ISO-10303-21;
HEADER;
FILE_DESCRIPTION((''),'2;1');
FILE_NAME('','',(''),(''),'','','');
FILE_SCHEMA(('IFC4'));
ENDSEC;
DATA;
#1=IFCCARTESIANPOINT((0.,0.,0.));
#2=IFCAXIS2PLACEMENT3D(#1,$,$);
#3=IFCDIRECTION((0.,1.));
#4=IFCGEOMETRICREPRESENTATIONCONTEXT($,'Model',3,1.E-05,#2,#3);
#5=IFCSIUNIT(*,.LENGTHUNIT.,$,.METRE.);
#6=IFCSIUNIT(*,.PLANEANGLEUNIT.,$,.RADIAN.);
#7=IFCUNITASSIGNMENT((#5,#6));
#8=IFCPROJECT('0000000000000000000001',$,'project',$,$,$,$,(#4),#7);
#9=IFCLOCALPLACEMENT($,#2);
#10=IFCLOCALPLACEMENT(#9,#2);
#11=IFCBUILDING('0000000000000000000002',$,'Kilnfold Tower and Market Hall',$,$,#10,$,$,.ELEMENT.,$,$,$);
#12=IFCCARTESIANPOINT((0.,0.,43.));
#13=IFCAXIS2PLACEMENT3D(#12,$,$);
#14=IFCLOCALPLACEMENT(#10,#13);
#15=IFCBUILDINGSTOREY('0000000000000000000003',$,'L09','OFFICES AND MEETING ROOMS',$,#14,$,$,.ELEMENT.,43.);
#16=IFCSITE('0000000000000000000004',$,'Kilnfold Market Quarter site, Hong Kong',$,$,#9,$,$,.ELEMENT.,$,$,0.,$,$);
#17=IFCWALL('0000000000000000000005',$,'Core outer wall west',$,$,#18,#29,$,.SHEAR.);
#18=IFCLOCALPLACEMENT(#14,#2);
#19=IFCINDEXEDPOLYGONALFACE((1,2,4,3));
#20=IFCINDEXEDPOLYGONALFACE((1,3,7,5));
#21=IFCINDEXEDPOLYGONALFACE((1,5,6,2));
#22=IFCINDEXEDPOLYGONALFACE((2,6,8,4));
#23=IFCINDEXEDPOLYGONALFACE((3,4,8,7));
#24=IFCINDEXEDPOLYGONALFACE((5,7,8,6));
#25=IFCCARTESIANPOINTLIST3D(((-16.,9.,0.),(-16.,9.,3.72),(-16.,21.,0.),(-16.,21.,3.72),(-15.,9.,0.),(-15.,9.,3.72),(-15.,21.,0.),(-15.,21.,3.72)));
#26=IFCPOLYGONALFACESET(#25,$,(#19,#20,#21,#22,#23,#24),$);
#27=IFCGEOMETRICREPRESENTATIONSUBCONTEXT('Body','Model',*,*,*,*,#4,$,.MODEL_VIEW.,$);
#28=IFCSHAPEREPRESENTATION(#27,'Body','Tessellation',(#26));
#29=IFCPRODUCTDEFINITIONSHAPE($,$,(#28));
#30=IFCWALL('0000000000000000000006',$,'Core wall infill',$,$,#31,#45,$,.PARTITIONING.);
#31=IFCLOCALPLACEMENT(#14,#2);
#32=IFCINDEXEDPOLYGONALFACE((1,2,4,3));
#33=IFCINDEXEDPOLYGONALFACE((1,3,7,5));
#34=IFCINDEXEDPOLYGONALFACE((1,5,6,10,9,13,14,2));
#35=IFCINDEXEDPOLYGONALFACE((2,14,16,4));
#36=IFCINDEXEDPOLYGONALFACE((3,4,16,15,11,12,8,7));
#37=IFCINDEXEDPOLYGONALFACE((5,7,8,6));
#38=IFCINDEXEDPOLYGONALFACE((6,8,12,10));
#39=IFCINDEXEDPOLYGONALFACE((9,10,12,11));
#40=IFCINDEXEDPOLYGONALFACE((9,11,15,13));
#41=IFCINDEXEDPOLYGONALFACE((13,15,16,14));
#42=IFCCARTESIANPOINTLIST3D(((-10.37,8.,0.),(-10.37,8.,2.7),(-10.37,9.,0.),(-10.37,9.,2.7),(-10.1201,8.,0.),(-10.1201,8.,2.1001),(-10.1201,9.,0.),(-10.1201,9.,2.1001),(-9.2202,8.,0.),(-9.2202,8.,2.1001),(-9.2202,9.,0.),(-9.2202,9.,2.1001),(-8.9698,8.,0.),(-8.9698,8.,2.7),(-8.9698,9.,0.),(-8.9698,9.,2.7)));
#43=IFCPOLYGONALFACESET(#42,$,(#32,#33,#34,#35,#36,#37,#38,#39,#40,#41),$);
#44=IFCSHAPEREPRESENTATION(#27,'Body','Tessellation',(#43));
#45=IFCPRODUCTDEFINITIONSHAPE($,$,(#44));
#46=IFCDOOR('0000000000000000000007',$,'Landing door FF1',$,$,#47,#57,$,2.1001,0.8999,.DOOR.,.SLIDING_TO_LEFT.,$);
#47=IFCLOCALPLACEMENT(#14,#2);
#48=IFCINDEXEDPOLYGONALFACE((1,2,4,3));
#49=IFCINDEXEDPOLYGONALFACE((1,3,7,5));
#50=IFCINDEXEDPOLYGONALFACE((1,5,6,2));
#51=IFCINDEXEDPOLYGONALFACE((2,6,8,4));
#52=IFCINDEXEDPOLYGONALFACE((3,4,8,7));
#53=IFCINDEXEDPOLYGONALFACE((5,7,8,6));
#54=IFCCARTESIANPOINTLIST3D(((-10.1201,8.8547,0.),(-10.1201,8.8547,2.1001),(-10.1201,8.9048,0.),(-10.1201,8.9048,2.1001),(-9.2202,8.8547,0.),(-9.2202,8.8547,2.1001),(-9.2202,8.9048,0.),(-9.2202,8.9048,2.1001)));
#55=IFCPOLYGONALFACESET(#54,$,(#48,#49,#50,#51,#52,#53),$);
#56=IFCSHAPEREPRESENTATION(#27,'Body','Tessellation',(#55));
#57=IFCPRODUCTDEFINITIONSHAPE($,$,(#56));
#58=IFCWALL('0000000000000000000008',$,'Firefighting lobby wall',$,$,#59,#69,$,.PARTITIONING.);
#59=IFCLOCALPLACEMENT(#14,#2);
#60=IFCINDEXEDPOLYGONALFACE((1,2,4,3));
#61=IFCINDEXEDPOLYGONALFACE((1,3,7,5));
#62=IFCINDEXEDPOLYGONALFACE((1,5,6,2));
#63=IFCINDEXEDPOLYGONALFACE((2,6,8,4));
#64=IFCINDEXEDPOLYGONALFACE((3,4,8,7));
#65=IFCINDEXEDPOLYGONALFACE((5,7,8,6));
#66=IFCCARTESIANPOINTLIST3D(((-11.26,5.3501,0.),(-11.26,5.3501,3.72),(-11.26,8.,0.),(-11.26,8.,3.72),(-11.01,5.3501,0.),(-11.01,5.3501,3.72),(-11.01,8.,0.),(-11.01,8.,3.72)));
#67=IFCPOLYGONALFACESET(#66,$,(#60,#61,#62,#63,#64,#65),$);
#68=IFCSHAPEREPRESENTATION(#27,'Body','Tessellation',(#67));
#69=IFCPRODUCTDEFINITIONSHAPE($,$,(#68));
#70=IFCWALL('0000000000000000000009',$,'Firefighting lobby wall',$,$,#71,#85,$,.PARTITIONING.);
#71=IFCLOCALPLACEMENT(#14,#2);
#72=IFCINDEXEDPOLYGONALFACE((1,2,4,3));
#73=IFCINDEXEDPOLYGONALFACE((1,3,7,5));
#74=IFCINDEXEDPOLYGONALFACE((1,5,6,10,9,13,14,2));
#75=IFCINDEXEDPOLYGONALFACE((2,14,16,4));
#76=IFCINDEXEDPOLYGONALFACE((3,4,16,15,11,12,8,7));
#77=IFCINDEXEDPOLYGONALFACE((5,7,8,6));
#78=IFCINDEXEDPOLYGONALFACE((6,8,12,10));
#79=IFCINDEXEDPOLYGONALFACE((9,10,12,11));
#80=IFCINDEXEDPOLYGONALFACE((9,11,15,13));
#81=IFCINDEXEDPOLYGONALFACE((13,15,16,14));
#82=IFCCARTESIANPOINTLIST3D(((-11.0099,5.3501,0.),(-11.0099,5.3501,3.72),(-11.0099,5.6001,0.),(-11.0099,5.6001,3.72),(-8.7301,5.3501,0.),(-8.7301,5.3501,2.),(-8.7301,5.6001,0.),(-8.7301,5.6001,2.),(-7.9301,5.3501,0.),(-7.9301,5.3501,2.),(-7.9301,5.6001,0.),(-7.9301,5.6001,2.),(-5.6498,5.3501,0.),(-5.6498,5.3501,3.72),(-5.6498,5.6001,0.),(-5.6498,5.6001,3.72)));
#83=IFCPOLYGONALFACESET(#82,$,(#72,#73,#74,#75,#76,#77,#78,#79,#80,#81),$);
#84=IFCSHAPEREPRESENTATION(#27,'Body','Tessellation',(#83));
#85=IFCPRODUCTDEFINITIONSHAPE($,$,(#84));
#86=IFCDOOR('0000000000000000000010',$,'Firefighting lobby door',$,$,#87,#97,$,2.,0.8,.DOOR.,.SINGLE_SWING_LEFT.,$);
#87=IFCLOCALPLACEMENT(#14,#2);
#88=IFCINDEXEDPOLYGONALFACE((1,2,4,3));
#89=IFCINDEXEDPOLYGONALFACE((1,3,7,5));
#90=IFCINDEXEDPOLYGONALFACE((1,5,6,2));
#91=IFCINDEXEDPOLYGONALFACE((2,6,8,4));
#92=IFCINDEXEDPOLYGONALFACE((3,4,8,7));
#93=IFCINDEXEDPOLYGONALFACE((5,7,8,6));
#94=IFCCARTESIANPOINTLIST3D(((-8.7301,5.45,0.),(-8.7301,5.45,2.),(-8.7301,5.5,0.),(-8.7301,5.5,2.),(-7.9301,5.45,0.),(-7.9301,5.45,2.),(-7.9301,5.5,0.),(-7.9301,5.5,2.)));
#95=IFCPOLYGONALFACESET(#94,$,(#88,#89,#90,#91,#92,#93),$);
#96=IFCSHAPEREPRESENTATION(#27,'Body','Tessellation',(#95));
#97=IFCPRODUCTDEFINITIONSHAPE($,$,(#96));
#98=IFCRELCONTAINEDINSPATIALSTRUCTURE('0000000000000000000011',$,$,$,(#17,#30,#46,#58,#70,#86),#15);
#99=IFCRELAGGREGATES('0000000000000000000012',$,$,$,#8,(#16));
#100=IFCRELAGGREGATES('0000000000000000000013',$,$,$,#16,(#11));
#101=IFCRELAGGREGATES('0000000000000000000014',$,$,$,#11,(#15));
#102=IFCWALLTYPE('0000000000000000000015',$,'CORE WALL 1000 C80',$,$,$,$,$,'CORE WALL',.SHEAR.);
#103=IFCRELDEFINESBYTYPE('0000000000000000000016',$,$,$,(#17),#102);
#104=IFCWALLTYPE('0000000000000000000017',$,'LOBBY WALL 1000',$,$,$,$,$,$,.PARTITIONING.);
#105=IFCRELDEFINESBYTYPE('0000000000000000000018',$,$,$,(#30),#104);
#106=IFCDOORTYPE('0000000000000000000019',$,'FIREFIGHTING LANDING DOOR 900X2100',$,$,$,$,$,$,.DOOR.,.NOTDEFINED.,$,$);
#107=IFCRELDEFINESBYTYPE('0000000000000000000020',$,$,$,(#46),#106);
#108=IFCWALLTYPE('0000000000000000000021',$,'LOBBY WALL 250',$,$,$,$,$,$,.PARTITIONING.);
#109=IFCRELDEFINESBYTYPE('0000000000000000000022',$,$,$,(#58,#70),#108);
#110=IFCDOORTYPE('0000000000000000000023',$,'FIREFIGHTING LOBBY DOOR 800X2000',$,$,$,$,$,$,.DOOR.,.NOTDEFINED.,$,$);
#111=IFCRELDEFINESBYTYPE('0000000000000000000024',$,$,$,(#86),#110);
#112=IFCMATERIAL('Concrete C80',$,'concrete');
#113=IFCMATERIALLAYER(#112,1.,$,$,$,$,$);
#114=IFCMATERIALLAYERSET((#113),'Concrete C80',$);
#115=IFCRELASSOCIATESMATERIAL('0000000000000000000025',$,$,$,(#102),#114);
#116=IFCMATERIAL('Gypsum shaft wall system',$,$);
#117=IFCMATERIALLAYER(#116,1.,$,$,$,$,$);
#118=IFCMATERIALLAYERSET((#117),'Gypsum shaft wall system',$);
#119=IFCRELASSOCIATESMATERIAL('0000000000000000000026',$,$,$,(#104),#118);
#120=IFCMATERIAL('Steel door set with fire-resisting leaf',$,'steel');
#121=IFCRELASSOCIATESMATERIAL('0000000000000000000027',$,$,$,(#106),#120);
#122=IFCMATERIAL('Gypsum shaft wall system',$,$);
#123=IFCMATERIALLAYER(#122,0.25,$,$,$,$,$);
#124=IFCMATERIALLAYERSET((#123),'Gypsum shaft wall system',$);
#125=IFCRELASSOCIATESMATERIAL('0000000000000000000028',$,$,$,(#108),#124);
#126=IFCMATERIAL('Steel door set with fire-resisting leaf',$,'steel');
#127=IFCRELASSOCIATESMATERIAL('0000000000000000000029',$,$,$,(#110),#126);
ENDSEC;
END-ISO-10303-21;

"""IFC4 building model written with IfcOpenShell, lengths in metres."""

from ifc_helpers import new_model, si_unit, direction, frame, frame_2d, origin, place, context, subcontext, project, spatial, rectangle, extrude, source, transform, mapped, material, layer, layer_set, type_object, element, fill, save


model = new_model("IFC4")

# Units and contexts
model_context = context("Model", 3, precision=1e-05, world=origin(), true_north=direction((0.0, 1.0)))
body_context = subcontext(model_context, "Body", "Model", "MODEL_VIEW")
ifc_project = project(units=[si_unit("LENGTHUNIT", "METRE"), si_unit("PLANEANGLEUNIT", "RADIAN")], contexts=[model_context])

# Site, building, storey
site_placement = place(None, origin())
site = spatial("IfcSite", under=ifc_project, at=site_placement, Name="Kilnfold Market Quarter site, Hong Kong", CompositionType="ELEMENT", RefElevation=0.0)
building_placement = place(site_placement, origin())
building = spatial("IfcBuilding", under=site, at=building_placement, Name="Kilnfold Tower and Market Hall", CompositionType="ELEMENT")
storey_placement = place(building_placement, frame((0.0, 0.0, 43.0)))
storey = spatial("IfcBuildingStorey", under=building, at=storey_placement, Name="L09", Description="OFFICES AND MEETING ROOMS", CompositionType="ELEMENT", Elevation=43.0)

# Shared definitions
ifc_material_1 = material(Name="Concrete C80", Category="concrete")
ifc_layer_1 = layer(ifc_material_1, 1.0)
ifc_layer_set_1 = layer_set([ifc_layer_1], Name="Concrete C80")
wall_type_1 = type_object("IfcWallType", Name="CORE WALL 1000 C80", ElementType="CORE WALL", PredefinedType="SHEAR", material=ifc_layer_set_1)

# Wall
shared_shape_1 = source(origin(), body_context, "Body", "SweptSolid", [
    extrude(rectangle(XDim=12.0, YDim=1.0, at=frame_2d((6.0, 0.0))), origin(), (0.0, 0.0, 1.0), 3.72),
])
wall_1_placement = place(storey_placement, frame((-15.5, 9.0, 0.0), z_axis=(0.0, 0.0, 1.0), x_axis=(0.0, 1.0, 0.0)))
element("IfcWall", 1, at=wall_1_placement, inside=storey, type_object=wall_type_1, Name="Core outer wall west", PredefinedType="SHEAR", context=body_context, shape_type="MappedRepresentation", body=[
    mapped(shared_shape_1, transform((0.0, 0.0, 0.0))),
])

# Wall, opening, door
ifc_material_2 = material(Name="Gypsum shaft wall system")
ifc_layer_2 = layer(ifc_material_2, 1.0)
ifc_layer_set_2 = layer_set([ifc_layer_2], Name="Gypsum shaft wall system")
wall_type_2 = type_object("IfcWallType", Name="LOBBY WALL 1000", PredefinedType="PARTITIONING", material=ifc_layer_set_2)
shared_shape_2 = source(origin(), body_context, "Body", "SweptSolid", [
    extrude(rectangle(XDim=1.4001, YDim=1.0, at=frame_2d((0.7002, 0.0))), origin(), (0.0, 0.0, 1.0), 2.7),
])
wall_2_placement = place(storey_placement, frame((-10.3701, 8.5, 0.0), z_axis=(0.0, 0.0, 1.0), x_axis=(1.0, 0.0, 0.0)))
wall_2 = element("IfcWall", 2, at=wall_2_placement, inside=storey, type_object=wall_type_2, Name="Core wall infill", PredefinedType="PARTITIONING", context=body_context, shape_type="MappedRepresentation", body=[
    mapped(shared_shape_2, transform((0.0, 0.0, 0.0))),
])
opening_1_placement = place(wall_2_placement, frame((0.25, 0.0, 0.0)))
opening_1 = element("IfcOpeningElement", 3, at=opening_1_placement, cuts=wall_2, PredefinedType="OPENING", context=body_context, shape_type="SweptSolid", body=[
    extrude(rectangle(XDim=0.8999, YDim=2.1001, at=frame_2d((0.45, 1.05))), frame((0.0, 0.51, 0.0), z_axis=(0.0, -1.0, 0.0), x_axis=(1.0, 0.0, 0.0)), (0.0, 0.0, 1.0), 1.02),
])
ifc_material_3 = material(Name="Steel door set with fire-resisting leaf", Category="steel")
door_type_1 = type_object("IfcDoorType", Name="FIREFIGHTING LANDING DOOR 900X2100", OperationType="NOTDEFINED", PredefinedType="DOOR", material=ifc_material_3)
door_1_placement = place(opening_1_placement, origin())
door_1 = element("IfcDoor", 4, at=door_1_placement, inside=storey, type_object=door_type_1, Name="Landing door FF1", OperationType="SLIDING_TO_LEFT", OverallHeight=2.1001, OverallWidth=0.8999, PredefinedType="DOOR", context=body_context, shape_type="SweptSolid", body=[
    extrude(rectangle(XDim=0.8999, YDim=2.1001, at=frame_2d((0.45, 1.05))), frame((0.0, 0.4048, 0.0), z_axis=(0.0, -1.0, 0.0), x_axis=(1.0, 0.0, 0.0)), (0.0, 0.0, 1.0), 0.05),
])
fill(opening_1, door_1)

# Wall
ifc_material_4 = material(Name="Gypsum shaft wall system")
ifc_layer_3 = layer(ifc_material_4, 0.25)
ifc_layer_set_3 = layer_set([ifc_layer_3], Name="Gypsum shaft wall system")
wall_type_3 = type_object("IfcWallType", Name="LOBBY WALL 250", PredefinedType="PARTITIONING", material=ifc_layer_set_3)
shared_shape_3 = source(origin(), body_context, "Body", "SweptSolid", [
    extrude(rectangle(XDim=2.6499, YDim=0.25, at=frame_2d((1.325, 0.0))), origin(), (0.0, 0.0, 1.0), 3.72),
])
wall_3_placement = place(storey_placement, frame((-11.135, 5.3501, 0.0), z_axis=(0.0, 0.0, 1.0), x_axis=(0.0, 1.0, 0.0)))
element("IfcWall", 5, at=wall_3_placement, inside=storey, type_object=wall_type_3, Name="Firefighting lobby wall", PredefinedType="PARTITIONING", context=body_context, shape_type="MappedRepresentation", body=[
    mapped(shared_shape_3, transform((0.0, 0.0, 0.0))),
])

# Wall, opening, door
shared_shape_4 = source(origin(), body_context, "Body", "SweptSolid", [
    extrude(rectangle(XDim=5.3601, YDim=0.25, at=frame_2d((2.6802, 0.0))), origin(), (0.0, 0.0, 1.0), 3.72),
])
wall_4_placement = place(storey_placement, frame((-11.01, 5.4751, 0.0), z_axis=(0.0, 0.0, 1.0), x_axis=(1.0, 0.0, 0.0)))
wall_4 = element("IfcWall", 6, at=wall_4_placement, inside=storey, type_object=wall_type_3, Name="Firefighting lobby wall", PredefinedType="PARTITIONING", context=body_context, shape_type="MappedRepresentation", body=[
    mapped(shared_shape_4, transform((0.0, 0.0, 0.0))),
])
opening_2_placement = place(wall_4_placement, frame((2.28, 0.0, 0.0)))
opening_2 = element("IfcOpeningElement", 7, at=opening_2_placement, cuts=wall_4, PredefinedType="OPENING", context=body_context, shape_type="SweptSolid", body=[
    extrude(rectangle(XDim=0.8, YDim=2.0, at=frame_2d((0.3999, 1.0))), frame((0.0, 0.135, 0.0), z_axis=(0.0, -1.0, 0.0), x_axis=(1.0, 0.0, 0.0)), (0.0, 0.0, 1.0), 0.27),
])
ifc_material_5 = material(Name="Steel door set with fire-resisting leaf", Category="steel")
door_type_2 = type_object("IfcDoorType", Name="FIREFIGHTING LOBBY DOOR 800X2000", OperationType="NOTDEFINED", PredefinedType="DOOR", material=ifc_material_5)
door_2_placement = place(opening_2_placement, origin())
door_2 = element("IfcDoor", 8, at=door_2_placement, inside=storey, type_object=door_type_2, Name="Firefighting lobby door", OperationType="SINGLE_SWING_LEFT", OverallHeight=2.0, OverallWidth=0.8, PredefinedType="DOOR", context=body_context, shape_type="SweptSolid", body=[
    extrude(rectangle(XDim=0.8, YDim=2.0, at=frame_2d((0.3999, 1.0))), frame((0.0, 0.0249, 0.0), z_axis=(0.0, -1.0, 0.0), x_axis=(1.0, 0.0, 0.0)), (0.0, 0.0, 1.0), 0.05),
])
fill(opening_2, door_2)

save(model, "model.ifc")
